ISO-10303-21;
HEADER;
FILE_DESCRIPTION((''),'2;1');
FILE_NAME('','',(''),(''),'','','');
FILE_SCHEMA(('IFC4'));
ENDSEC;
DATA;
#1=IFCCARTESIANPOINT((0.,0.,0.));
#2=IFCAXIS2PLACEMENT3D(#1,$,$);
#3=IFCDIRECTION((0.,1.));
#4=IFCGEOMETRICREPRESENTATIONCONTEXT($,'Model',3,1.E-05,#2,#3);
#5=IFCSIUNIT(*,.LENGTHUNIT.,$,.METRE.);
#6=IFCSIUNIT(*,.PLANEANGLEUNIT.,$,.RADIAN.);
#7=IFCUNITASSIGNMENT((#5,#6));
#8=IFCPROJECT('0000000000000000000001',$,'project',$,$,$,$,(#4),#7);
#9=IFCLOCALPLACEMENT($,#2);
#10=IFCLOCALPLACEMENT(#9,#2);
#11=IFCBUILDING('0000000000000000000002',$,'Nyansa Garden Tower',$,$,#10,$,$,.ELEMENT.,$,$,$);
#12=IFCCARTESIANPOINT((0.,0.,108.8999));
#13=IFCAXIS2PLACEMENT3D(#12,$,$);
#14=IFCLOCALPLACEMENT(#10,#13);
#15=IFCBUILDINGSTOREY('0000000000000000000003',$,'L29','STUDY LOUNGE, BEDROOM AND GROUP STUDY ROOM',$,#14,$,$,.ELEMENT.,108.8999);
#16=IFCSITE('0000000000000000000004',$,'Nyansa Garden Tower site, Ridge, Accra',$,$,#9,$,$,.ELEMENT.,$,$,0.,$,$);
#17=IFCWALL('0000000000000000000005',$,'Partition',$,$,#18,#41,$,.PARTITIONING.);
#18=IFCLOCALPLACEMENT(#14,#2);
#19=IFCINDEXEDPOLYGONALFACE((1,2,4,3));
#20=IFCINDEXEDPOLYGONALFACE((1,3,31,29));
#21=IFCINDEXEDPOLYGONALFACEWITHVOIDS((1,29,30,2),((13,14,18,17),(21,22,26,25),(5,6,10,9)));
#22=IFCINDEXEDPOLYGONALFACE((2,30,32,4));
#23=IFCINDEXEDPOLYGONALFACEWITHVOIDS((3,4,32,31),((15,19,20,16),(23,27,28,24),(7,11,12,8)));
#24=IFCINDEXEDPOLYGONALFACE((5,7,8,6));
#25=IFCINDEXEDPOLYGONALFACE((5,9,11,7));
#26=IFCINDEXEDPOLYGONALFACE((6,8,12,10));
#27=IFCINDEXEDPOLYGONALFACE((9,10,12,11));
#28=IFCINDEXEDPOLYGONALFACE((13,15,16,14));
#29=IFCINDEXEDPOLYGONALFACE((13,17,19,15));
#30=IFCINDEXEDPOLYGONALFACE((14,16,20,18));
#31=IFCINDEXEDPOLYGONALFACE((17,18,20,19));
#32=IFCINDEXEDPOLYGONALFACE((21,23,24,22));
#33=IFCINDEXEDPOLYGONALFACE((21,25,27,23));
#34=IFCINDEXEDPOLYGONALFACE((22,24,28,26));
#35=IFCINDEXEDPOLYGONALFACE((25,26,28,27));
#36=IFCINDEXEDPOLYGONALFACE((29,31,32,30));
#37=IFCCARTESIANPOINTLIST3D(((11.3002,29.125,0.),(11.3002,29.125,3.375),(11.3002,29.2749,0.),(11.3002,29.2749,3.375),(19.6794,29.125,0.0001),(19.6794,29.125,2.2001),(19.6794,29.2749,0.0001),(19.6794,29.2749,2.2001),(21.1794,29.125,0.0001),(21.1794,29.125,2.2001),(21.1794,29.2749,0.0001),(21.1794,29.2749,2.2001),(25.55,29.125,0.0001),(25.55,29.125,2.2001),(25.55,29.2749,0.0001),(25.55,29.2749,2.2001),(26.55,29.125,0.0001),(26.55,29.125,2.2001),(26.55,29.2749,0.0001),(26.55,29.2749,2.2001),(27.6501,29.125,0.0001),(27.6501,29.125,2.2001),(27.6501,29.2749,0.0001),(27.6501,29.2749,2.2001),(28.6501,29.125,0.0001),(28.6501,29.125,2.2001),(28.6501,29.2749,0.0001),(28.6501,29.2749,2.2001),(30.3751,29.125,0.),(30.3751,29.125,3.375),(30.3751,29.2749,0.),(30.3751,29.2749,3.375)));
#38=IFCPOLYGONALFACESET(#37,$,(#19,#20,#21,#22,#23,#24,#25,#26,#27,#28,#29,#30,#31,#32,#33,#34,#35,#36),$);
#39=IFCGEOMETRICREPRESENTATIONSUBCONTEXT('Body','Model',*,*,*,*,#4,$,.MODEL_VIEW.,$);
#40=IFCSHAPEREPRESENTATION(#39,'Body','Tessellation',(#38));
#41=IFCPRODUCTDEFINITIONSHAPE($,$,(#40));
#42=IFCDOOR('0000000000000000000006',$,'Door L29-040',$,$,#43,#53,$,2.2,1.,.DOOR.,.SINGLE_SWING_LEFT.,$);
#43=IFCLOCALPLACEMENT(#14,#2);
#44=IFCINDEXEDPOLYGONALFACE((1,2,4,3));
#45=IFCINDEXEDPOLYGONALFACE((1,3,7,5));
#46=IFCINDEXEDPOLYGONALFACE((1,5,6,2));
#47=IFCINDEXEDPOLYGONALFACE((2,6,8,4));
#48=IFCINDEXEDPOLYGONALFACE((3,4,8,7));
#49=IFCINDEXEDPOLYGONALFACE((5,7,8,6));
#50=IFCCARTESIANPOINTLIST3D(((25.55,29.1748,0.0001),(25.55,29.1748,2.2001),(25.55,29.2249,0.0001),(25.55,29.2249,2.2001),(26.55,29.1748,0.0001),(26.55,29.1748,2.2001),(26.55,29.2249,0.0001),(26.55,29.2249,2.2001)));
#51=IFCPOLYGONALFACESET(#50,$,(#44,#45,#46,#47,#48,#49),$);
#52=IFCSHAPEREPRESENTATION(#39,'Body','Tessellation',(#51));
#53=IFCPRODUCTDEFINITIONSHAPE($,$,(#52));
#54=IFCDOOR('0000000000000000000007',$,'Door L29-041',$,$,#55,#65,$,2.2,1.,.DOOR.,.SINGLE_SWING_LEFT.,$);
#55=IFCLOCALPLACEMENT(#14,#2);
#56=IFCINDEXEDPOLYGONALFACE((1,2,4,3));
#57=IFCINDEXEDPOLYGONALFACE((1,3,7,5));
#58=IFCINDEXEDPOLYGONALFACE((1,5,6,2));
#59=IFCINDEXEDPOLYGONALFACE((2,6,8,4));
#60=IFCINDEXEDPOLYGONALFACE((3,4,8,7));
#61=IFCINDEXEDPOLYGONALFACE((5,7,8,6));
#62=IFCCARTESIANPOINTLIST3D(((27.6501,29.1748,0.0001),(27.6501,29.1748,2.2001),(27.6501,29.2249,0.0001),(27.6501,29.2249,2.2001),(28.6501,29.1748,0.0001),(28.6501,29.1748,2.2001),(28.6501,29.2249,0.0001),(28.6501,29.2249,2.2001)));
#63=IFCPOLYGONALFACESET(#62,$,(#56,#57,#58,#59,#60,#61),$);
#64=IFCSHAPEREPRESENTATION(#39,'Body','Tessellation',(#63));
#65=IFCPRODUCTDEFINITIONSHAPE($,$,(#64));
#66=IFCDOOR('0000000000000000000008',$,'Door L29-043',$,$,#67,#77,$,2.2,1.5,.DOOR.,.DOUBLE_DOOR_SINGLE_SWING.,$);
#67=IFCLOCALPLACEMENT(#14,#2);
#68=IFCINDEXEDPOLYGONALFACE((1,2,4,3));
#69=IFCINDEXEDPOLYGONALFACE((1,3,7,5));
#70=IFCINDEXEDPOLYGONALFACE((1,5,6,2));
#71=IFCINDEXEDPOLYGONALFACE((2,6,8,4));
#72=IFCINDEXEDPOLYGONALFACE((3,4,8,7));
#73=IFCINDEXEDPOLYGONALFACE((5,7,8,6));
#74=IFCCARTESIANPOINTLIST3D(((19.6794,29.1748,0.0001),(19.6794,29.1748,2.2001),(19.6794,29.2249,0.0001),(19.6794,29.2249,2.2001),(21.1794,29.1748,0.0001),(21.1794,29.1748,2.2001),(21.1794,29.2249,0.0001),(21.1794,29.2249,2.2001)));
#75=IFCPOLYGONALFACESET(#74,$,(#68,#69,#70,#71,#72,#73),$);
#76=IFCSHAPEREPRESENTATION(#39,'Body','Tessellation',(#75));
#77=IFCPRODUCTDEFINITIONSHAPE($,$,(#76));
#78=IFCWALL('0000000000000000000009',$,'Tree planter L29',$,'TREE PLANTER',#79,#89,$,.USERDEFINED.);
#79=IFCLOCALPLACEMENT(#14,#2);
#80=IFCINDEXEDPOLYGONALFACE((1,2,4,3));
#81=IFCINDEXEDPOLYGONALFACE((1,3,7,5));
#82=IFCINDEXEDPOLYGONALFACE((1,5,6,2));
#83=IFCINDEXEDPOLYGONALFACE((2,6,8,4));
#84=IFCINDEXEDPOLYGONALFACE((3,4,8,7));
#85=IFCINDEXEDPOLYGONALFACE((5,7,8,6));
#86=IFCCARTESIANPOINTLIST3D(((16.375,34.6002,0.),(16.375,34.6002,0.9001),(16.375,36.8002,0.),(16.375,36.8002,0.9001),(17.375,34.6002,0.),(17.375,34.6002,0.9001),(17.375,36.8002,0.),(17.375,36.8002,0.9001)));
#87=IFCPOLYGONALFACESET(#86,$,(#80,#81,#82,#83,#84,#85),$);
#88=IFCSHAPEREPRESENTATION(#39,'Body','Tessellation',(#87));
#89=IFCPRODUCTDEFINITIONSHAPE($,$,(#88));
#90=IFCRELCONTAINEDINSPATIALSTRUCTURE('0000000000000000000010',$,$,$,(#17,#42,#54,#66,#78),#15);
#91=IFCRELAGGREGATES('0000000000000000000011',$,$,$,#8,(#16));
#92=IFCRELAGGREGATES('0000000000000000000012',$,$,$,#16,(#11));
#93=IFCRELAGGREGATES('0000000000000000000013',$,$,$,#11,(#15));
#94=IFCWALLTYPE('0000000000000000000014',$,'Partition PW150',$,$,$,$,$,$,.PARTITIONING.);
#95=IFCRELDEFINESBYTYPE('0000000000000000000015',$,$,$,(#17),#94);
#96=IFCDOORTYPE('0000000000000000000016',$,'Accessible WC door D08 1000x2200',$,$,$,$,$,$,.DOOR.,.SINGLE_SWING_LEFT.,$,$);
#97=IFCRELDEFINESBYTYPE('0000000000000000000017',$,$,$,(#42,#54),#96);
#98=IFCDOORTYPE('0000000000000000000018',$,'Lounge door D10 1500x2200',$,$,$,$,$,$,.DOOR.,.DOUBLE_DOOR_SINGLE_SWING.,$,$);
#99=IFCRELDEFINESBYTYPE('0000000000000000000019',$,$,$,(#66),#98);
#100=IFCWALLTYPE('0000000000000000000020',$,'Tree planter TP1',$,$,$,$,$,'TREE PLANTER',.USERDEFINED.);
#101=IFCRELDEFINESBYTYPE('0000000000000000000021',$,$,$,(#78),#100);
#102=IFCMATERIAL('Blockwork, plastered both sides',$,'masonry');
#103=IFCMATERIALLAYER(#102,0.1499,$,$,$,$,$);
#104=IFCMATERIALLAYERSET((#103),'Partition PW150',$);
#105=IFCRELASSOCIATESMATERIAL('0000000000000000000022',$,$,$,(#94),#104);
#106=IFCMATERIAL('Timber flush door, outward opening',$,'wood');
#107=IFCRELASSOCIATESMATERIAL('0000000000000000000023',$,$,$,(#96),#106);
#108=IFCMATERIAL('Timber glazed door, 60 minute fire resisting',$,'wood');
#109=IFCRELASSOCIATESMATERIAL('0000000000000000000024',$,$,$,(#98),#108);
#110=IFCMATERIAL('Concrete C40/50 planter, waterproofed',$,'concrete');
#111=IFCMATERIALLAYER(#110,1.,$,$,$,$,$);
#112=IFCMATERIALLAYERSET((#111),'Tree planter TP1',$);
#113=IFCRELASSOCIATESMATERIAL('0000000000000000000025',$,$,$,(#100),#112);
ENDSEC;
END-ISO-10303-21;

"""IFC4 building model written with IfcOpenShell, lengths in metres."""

from ifc_helpers import new_model, si_unit, direction, frame, frame_2d, origin, place, context, subcontext, project, spatial, rectangle, extrude, material, layer, layer_set, type_object, element, fill, save


model = new_model("IFC4")

# Units and contexts
model_context = context("Model", 3, precision=1e-05, world=origin(), true_north=direction((0.0, 1.0)))
body_context = subcontext(model_context, "Body", "Model", "MODEL_VIEW")
ifc_project = project(units=[si_unit("LENGTHUNIT", "METRE"), si_unit("PLANEANGLEUNIT", "RADIAN")], contexts=[model_context])

# Site, building, storey
site_placement = place(None, origin())
site = spatial("IfcSite", under=ifc_project, at=site_placement, Name="Nyansa Garden Tower site, Ridge, Accra", CompositionType="ELEMENT", RefElevation=0.0)
building_placement = place(site_placement, origin())
building = spatial("IfcBuilding", under=site, at=building_placement, Name="Nyansa Garden Tower", CompositionType="ELEMENT")
storey_placement = place(building_placement, frame((0.0, 0.0, 108.8999)))
storey = spatial("IfcBuildingStorey", under=building, at=storey_placement, Name="L29", Description="STUDY LOUNGE, BEDROOM AND GROUP STUDY ROOM", CompositionType="ELEMENT", Elevation=108.8999)

# Shared definitions
ifc_material_1 = material(Name="Blockwork, plastered both sides", Category="masonry")
ifc_layer_1 = layer(ifc_material_1, 0.1499)
ifc_layer_set_1 = layer_set([ifc_layer_1], Name="Partition PW150")
wall_type_1 = type_object("IfcWallType", Name="Partition PW150", PredefinedType="PARTITIONING", material=ifc_layer_set_1)

# Wall, openings, doors
wall_1_placement = place(storey_placement, frame((11.3, 29.2, 0.0), z_axis=(0.0, 0.0, 1.0), x_axis=(1.0, 0.0, 0.0)))
wall_1 = element("IfcWall", 1, at=wall_1_placement, inside=storey, type_object=wall_type_1, Name="Partition", PredefinedType="PARTITIONING", context=body_context, shape_type="SweptSolid", body=[
    extrude(rectangle(XDim=19.075, YDim=0.1499, at=frame_2d((9.5376, 0.0))), origin(), (0.0, 0.0, 1.0), 3.375),
])
opening_1_placement = place(wall_1_placement, frame((14.25, 0.0, 0.0)))
opening_1 = element("IfcOpeningElement", 2, at=opening_1_placement, cuts=wall_1, PredefinedType="OPENING", context=body_context, shape_type="SweptSolid", body=[
    extrude(rectangle(XDim=1.0, YDim=2.2, at=frame_2d((0.5, 1.1001))), frame((0.0, 0.085, 0.0), z_axis=(0.0, -1.0, 0.0), x_axis=(1.0, 0.0, 0.0)), (0.0, 0.0, 1.0), 0.1699),
])
opening_2_placement = place(wall_1_placement, frame((16.3501, 0.0, 0.0)))
opening_2 = element("IfcOpeningElement", 3, at=opening_2_placement, cuts=wall_1, PredefinedType="OPENING", context=body_context, shape_type="SweptSolid", body=[
    extrude(rectangle(XDim=1.0, YDim=2.2, at=frame_2d((0.5, 1.1001))), frame((0.0, 0.085, 0.0), z_axis=(0.0, -1.0, 0.0), x_axis=(1.0, 0.0, 0.0)), (0.0, 0.0, 1.0), 0.1699),
])
opening_3_placement = place(wall_1_placement, frame((8.3794, 0.0, 0.0)))
opening_3 = element("IfcOpeningElement", 4, at=opening_3_placement, cuts=wall_1, PredefinedType="OPENING", context=body_context, shape_type="SweptSolid", body=[
    extrude(rectangle(XDim=1.5, YDim=2.2, at=frame_2d((0.75, 1.1001))), frame((0.0, 0.085, 0.0), z_axis=(0.0, -1.0, 0.0), x_axis=(1.0, 0.0, 0.0)), (0.0, 0.0, 1.0), 0.1699),
])
ifc_material_2 = material(Name="Timber flush door, outward opening", Category="wood")
door_type_1 = type_object("IfcDoorType", Name="Accessible WC door D08 1000x2200", OperationType="SINGLE_SWING_LEFT", PredefinedType="DOOR", material=ifc_material_2)
door_1_placement = place(opening_1_placement, origin())
door_1 = element("IfcDoor", 5, at=door_1_placement, inside=storey, type_object=door_type_1, Name="Door L29-040", OperationType="SINGLE_SWING_LEFT", OverallHeight=2.2, OverallWidth=1.0, PredefinedType="DOOR", context=body_context, shape_type="SweptSolid", body=[
    extrude(rectangle(XDim=1.0, YDim=2.2, at=frame_2d((0.5, 1.1001))), frame((0.0, 0.0249, 0.0), z_axis=(0.0, -1.0, 0.0), x_axis=(1.0, 0.0, 0.0)), (0.0, 0.0, 1.0), 0.05),
])
fill(opening_1, door_1)
door_2_placement = place(opening_2_placement, origin())
door_2 = element("IfcDoor", 6, at=door_2_placement, inside=storey, type_object=door_type_1, Name="Door L29-041", OperationType="SINGLE_SWING_LEFT", OverallHeight=2.2, OverallWidth=1.0, PredefinedType="DOOR", context=body_context, shape_type="SweptSolid", body=[
    extrude(rectangle(XDim=1.0, YDim=2.2, at=frame_2d((0.5, 1.1001))), frame((0.0, 0.0249, 0.0), z_axis=(0.0, -1.0, 0.0), x_axis=(1.0, 0.0, 0.0)), (0.0, 0.0, 1.0), 0.05),
])
fill(opening_2, door_2)
ifc_material_3 = material(Name="Timber glazed door, 60 minute fire resisting", Category="wood")
door_type_2 = type_object("IfcDoorType", Name="Lounge door D10 1500x2200", OperationType="DOUBLE_DOOR_SINGLE_SWING", PredefinedType="DOOR", material=ifc_material_3)
door_3_placement = place(opening_3_placement, origin())
door_3 = element("IfcDoor", 7, at=door_3_placement, inside=storey, type_object=door_type_2, Name="Door L29-043", OperationType="DOUBLE_DOOR_SINGLE_SWING", OverallHeight=2.2, OverallWidth=1.5, PredefinedType="DOOR", context=body_context, shape_type="SweptSolid", body=[
    extrude(rectangle(XDim=1.5, YDim=2.2, at=frame_2d((0.75, 1.1001))), frame((0.0, 0.0249, 0.0), z_axis=(0.0, -1.0, 0.0), x_axis=(1.0, 0.0, 0.0)), (0.0, 0.0, 1.0), 0.05),
])
fill(opening_3, door_3)

# Wall
ifc_material_4 = material(Name="Concrete C40/50 planter, waterproofed", Category="concrete")
ifc_layer_2 = layer(ifc_material_4, 1.0)
ifc_layer_set_2 = layer_set([ifc_layer_2], Name="Tree planter TP1")
wall_type_2 = type_object("IfcWallType", Name="Tree planter TP1", ElementType="TREE PLANTER", PredefinedType="USERDEFINED", material=ifc_layer_set_2)
wall_2_placement = place(storey_placement, frame((16.875, 34.6001, 0.0), z_axis=(0.0, 0.0, 1.0), x_axis=(0.0, 1.0, 0.0)))
element("IfcWall", 8, at=wall_2_placement, inside=storey, type_object=wall_type_2, Name="Tree planter L29", ObjectType="TREE PLANTER", PredefinedType="USERDEFINED", context=body_context, shape_type="SweptSolid", body=[
    extrude(rectangle(XDim=2.2, YDim=1.0, at=frame_2d((1.1001, 0.0))), origin(), (0.0, 0.0, 1.0), 0.9001),
])

save(model, "model.ifc")
